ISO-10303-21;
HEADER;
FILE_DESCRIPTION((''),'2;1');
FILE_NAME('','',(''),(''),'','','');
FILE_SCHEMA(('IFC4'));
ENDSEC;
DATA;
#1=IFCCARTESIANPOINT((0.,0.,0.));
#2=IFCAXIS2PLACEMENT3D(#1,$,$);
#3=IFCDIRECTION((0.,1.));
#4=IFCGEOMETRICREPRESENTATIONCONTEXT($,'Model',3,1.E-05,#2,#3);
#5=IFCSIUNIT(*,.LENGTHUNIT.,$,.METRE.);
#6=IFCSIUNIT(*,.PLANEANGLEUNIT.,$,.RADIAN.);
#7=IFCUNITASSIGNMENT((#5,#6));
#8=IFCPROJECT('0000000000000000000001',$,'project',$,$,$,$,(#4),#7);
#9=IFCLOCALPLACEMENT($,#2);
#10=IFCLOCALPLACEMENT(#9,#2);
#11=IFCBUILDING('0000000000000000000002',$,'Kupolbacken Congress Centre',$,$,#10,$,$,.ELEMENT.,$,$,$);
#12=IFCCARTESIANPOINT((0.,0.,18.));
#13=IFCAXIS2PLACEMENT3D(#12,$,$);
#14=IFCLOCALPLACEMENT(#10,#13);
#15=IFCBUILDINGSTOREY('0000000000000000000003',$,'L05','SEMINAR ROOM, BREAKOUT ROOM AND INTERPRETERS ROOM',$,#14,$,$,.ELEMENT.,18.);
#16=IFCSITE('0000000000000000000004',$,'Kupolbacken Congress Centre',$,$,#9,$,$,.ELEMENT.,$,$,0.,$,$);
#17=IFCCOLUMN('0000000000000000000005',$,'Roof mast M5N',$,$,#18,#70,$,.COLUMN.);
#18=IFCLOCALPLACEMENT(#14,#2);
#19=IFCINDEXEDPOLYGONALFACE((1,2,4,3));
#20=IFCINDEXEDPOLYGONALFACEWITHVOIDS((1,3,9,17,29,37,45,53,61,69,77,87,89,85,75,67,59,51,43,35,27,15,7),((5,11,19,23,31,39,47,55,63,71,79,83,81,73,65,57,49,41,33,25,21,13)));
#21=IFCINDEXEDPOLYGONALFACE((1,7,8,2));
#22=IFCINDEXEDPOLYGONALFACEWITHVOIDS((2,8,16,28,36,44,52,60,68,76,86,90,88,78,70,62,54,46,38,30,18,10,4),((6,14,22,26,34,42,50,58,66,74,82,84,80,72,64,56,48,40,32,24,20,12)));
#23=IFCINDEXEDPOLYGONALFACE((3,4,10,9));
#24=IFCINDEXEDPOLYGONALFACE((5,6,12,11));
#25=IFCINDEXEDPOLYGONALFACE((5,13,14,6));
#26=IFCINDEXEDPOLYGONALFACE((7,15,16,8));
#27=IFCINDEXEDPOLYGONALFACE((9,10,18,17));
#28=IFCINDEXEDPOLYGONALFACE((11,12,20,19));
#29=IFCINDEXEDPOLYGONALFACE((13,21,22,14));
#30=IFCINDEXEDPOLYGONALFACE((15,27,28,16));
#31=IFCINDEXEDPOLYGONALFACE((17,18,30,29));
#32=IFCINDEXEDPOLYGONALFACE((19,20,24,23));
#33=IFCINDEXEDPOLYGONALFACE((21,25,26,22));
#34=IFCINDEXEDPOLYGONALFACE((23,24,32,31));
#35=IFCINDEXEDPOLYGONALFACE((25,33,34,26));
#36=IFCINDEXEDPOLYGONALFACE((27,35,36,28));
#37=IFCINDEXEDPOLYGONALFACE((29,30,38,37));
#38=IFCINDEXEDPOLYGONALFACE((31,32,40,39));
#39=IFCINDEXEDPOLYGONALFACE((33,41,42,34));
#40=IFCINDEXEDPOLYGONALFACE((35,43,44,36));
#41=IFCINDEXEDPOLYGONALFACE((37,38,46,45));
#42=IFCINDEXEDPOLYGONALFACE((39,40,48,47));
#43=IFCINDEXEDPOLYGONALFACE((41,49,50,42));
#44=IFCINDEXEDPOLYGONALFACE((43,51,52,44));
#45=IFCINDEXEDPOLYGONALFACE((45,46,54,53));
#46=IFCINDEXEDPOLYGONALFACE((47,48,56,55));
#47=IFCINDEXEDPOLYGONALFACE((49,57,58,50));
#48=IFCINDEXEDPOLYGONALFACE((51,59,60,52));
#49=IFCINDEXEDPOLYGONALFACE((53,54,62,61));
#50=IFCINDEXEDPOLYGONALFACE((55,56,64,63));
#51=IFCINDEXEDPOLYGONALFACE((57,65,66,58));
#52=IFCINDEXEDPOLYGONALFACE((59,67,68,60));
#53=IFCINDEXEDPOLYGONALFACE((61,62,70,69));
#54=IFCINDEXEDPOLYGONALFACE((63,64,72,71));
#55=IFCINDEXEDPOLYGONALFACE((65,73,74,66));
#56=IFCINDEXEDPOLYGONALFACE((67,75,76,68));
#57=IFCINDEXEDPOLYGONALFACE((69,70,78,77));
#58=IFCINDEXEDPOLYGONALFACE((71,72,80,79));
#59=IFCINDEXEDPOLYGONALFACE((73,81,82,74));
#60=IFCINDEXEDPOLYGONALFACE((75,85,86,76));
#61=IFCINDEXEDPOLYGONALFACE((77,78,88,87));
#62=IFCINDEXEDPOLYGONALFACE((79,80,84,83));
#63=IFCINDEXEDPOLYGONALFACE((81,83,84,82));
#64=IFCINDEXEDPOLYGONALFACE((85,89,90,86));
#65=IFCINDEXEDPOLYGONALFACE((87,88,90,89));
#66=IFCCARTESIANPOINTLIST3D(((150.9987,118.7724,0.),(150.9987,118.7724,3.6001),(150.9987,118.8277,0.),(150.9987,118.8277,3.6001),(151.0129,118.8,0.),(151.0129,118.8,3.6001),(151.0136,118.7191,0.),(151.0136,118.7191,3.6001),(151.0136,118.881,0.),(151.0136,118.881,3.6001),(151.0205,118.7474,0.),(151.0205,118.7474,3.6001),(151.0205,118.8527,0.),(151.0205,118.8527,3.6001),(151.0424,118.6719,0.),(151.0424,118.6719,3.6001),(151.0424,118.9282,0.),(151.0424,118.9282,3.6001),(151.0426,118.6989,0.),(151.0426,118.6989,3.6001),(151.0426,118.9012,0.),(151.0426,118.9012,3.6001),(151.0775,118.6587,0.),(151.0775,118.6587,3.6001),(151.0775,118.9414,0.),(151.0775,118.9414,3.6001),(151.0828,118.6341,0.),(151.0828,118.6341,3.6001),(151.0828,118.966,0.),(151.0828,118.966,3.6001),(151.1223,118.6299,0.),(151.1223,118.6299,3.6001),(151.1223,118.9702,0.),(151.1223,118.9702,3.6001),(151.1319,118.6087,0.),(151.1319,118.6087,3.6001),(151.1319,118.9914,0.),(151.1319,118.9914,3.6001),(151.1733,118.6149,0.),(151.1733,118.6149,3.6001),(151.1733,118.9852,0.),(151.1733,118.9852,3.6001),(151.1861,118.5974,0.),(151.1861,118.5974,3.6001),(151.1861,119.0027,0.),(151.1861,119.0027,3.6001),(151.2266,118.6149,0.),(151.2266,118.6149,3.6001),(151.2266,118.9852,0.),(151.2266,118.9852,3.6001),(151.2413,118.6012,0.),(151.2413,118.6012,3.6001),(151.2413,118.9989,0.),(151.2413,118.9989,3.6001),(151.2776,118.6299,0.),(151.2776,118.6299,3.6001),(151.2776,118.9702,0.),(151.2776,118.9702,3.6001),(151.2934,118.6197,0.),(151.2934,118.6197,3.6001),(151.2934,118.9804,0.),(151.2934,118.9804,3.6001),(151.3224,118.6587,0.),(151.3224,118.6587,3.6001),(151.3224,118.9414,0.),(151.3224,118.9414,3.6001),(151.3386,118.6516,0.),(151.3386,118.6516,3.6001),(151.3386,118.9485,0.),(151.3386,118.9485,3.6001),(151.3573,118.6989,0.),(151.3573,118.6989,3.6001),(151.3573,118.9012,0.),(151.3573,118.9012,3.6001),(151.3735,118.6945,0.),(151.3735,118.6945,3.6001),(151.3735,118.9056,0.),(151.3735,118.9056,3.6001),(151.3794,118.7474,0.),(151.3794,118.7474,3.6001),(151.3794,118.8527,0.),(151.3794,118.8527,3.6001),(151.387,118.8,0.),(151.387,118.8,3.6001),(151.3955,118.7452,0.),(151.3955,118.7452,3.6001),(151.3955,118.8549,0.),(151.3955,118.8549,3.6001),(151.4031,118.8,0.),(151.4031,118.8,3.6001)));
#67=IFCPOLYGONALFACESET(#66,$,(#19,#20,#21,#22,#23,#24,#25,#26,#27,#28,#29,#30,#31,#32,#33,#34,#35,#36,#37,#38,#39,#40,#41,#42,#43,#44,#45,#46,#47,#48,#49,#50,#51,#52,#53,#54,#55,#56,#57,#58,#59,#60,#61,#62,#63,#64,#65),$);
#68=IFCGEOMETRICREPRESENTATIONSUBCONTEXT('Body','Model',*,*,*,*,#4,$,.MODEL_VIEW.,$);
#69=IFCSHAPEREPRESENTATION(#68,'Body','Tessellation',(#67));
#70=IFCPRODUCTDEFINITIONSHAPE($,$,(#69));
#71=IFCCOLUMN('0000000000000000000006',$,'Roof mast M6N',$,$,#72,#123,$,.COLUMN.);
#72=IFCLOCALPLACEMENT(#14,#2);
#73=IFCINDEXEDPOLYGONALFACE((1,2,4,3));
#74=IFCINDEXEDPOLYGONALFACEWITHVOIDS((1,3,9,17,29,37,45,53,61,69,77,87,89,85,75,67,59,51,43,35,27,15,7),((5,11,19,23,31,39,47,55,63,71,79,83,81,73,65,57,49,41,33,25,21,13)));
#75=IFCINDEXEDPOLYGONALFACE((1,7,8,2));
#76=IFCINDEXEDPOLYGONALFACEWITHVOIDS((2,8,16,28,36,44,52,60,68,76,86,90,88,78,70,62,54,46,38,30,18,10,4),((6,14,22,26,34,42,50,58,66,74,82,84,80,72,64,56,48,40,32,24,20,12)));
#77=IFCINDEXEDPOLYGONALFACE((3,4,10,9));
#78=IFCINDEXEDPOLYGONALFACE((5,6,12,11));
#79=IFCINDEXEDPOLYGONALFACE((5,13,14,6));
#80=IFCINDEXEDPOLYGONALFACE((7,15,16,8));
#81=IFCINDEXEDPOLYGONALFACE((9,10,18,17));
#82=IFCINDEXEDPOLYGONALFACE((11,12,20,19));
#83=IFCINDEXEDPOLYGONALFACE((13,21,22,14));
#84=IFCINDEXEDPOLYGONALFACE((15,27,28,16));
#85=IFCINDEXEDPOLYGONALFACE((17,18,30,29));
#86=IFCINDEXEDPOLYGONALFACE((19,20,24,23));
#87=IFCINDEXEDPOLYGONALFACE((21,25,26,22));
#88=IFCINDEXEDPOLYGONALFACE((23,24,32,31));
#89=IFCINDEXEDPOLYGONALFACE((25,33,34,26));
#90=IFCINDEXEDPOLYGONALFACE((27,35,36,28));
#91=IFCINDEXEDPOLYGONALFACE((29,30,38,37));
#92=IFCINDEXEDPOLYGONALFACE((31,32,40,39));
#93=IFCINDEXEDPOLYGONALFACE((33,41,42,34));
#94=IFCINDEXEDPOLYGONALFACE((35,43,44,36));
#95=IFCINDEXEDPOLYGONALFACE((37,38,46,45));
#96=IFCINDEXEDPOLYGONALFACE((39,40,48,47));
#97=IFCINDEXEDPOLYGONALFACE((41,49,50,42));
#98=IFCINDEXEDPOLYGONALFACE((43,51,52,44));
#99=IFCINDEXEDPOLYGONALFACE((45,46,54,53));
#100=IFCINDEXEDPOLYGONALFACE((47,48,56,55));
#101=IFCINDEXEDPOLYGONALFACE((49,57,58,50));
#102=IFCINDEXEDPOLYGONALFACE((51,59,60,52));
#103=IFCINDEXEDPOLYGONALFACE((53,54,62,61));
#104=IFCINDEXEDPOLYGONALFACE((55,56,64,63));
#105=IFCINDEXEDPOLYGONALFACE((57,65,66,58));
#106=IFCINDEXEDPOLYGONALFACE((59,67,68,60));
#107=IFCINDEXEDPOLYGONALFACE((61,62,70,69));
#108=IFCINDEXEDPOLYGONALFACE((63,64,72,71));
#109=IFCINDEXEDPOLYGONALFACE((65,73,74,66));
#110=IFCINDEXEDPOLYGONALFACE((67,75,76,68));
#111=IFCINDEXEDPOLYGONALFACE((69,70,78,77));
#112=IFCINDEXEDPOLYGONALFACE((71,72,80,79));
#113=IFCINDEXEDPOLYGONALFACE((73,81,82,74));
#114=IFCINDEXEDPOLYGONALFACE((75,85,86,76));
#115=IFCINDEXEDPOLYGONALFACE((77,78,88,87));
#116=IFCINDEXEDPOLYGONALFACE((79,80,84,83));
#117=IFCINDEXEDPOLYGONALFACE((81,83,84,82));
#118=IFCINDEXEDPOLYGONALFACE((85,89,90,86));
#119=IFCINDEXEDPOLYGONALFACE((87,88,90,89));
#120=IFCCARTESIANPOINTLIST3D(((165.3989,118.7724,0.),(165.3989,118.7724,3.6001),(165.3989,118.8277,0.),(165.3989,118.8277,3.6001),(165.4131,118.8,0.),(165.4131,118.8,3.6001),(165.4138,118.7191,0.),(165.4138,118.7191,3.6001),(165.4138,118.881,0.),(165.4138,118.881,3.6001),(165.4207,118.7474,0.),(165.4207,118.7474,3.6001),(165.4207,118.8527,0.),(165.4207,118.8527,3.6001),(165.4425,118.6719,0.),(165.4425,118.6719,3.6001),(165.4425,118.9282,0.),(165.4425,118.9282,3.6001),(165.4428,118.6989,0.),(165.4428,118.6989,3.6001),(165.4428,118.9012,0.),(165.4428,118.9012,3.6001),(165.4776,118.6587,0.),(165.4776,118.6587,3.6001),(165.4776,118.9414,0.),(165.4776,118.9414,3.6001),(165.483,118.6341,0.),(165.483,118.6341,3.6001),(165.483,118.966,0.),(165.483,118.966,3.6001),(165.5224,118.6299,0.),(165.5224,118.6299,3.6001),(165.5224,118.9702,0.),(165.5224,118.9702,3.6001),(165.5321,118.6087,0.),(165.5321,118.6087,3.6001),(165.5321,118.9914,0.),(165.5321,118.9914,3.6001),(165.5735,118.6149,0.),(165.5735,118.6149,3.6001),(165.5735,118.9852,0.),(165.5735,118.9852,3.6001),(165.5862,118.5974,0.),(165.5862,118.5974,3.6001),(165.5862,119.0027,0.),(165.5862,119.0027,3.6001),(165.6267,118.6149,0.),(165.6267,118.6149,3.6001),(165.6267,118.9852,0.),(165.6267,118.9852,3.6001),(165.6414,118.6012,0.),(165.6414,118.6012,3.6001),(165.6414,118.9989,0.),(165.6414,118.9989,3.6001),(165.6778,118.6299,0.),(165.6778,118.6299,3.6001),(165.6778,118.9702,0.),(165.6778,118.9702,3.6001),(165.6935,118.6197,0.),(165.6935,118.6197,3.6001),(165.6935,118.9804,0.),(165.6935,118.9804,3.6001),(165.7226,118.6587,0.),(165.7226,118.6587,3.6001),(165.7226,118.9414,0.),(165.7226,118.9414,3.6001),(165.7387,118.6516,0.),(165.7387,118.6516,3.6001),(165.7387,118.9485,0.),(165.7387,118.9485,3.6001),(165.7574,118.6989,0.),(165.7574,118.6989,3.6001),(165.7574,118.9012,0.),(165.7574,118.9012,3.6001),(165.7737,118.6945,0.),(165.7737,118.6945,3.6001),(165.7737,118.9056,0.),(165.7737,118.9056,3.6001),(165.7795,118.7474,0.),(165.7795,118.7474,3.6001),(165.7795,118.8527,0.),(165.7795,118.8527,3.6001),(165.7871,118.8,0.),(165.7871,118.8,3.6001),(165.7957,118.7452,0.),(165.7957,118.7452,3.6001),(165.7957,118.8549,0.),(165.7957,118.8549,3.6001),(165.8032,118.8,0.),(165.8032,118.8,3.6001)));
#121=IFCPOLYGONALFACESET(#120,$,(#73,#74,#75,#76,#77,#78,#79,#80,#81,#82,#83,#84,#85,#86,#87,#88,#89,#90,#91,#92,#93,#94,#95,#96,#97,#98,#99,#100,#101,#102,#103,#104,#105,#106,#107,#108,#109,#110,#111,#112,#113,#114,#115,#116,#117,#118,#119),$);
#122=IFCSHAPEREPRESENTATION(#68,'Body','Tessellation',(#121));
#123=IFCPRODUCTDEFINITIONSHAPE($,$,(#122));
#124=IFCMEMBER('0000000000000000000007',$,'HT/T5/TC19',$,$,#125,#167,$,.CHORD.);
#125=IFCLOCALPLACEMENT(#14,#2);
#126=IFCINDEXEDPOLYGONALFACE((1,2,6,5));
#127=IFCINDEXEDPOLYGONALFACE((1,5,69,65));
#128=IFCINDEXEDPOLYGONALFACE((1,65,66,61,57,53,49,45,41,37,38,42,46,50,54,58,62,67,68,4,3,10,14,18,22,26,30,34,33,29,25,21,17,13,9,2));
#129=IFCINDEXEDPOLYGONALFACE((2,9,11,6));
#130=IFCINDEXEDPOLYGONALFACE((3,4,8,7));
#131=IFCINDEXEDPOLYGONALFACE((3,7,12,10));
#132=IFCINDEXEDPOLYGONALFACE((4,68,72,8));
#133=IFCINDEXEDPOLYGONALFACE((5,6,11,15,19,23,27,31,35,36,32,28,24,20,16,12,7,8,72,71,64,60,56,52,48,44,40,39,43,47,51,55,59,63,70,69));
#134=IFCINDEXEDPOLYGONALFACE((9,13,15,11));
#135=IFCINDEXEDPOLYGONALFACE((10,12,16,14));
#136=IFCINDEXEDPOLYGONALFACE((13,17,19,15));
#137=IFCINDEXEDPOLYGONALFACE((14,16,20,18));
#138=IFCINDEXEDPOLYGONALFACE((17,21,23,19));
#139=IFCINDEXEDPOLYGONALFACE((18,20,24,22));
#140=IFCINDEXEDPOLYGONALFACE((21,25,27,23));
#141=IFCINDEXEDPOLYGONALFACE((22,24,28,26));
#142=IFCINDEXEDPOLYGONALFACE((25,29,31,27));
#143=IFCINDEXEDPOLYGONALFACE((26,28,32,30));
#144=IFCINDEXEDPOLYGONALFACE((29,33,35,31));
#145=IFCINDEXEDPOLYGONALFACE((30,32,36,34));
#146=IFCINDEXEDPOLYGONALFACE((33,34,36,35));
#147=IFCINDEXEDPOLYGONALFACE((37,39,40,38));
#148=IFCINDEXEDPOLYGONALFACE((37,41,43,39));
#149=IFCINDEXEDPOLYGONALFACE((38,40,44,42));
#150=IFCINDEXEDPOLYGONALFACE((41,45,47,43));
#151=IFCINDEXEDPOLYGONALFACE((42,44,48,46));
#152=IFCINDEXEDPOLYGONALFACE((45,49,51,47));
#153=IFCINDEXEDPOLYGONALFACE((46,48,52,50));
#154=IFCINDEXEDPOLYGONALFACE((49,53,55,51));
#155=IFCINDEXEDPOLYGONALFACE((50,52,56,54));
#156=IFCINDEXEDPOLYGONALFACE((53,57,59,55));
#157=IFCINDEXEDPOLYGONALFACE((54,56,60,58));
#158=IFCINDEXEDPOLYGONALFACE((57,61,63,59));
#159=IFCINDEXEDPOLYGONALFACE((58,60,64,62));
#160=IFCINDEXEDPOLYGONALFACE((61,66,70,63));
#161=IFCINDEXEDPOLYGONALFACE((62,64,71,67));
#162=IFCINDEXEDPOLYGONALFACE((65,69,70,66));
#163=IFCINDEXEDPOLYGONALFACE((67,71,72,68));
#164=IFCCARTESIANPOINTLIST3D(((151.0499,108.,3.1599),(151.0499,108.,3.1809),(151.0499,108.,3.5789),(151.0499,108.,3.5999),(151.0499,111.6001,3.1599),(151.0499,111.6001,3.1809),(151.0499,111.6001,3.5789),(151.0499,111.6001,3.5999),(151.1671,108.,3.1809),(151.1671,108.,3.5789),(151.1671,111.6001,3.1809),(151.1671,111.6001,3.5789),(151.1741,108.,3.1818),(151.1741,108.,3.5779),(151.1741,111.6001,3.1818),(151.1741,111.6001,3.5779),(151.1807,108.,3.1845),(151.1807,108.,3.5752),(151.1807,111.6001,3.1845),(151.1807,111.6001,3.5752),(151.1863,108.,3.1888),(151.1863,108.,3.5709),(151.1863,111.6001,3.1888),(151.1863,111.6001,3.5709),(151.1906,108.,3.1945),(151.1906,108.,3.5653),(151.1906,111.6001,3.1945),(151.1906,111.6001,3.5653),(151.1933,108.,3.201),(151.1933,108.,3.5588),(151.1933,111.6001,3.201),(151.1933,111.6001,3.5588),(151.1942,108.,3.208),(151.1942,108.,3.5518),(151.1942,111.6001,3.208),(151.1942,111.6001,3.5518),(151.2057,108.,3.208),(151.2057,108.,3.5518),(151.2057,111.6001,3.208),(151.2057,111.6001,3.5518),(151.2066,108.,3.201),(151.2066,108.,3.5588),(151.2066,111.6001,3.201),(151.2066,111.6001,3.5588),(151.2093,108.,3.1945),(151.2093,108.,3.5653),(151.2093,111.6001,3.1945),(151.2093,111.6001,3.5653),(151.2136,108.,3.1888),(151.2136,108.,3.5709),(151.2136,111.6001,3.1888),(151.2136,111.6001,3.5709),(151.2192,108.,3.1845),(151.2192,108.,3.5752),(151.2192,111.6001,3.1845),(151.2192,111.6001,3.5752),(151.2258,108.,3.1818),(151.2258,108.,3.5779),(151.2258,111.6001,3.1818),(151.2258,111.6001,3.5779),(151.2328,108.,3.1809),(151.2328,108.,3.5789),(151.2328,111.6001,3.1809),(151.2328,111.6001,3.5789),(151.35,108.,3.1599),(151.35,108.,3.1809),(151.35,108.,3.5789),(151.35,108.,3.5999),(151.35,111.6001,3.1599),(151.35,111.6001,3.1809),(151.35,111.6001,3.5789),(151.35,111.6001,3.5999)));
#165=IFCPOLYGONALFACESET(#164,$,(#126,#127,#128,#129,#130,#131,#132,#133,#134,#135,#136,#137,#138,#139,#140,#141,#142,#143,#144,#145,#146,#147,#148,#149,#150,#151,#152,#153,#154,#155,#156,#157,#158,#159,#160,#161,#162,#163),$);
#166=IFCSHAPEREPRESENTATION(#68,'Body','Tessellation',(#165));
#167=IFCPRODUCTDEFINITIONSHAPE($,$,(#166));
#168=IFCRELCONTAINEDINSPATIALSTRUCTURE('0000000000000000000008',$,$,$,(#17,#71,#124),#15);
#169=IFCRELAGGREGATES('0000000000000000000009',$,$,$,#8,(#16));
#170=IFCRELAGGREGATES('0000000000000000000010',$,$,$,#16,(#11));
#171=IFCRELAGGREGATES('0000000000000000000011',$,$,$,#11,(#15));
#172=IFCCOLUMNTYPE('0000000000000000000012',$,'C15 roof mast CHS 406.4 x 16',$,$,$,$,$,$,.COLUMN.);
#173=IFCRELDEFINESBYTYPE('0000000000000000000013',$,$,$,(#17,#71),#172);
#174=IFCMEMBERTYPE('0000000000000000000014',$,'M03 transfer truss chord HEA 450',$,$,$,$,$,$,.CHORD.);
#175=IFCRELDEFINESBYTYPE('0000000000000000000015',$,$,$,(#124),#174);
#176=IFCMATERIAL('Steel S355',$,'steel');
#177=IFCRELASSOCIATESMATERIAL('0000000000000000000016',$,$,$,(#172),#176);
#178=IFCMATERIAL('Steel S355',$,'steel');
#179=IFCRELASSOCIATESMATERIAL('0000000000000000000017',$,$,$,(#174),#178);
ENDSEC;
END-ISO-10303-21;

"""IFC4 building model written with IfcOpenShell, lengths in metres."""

from ifc_helpers import new_model, si_unit, direction, frame, origin, origin_2d, place, context, subcontext, project, spatial, hollow_circle, i_section, extrude, material, material_profile, profile_set, type_object, element, save


model = new_model("IFC4")

# Units and contexts
model_context = context("Model", 3, precision=1e-05, world=origin(), true_north=direction((0.0, 1.0)))
body_context = subcontext(model_context, "Body", "Model", "MODEL_VIEW")
ifc_project = project(units=[si_unit("LENGTHUNIT", "METRE"), si_unit("PLANEANGLEUNIT", "RADIAN")], contexts=[model_context])

# Site, building, storey
site_placement = place(None, origin())
site = spatial("IfcSite", under=ifc_project, at=site_placement, Name="Kupolbacken Congress Centre", CompositionType="ELEMENT", RefElevation=0.0)
building_placement = place(site_placement, origin())
building = spatial("IfcBuilding", under=site, at=building_placement, Name="Kupolbacken Congress Centre", CompositionType="ELEMENT")
storey_placement = place(building_placement, frame((0.0, 0.0, 18.0)))
storey = spatial("IfcBuildingStorey", under=building, at=storey_placement, Name="L05", Description="SEMINAR ROOM, BREAKOUT ROOM AND INTERPRETERS ROOM", CompositionType="ELEMENT", Elevation=18.0)

# Columns
ifc_material_1 = material(Name="Steel S355", Category="steel")
ifc_material_profile_1 = material_profile(ifc_material_1, hollow_circle(Radius=0.2031, WallThickness=0.0161, at=origin_2d()), Name="CHS 406.4 x 16")
ifc_profile_set_1 = profile_set([ifc_material_profile_1], Name="Steel S355")
column_type = type_object("IfcColumnType", Name="C15 roof mast CHS 406.4 x 16", PredefinedType="COLUMN", material=ifc_profile_set_1)
for number, where, z_axis, x_axis, name in (
    (1, (151.2, 118.8, 0.0), (0.0, 0.0, 1.0), (1.0, 0.0, 0.0), "Roof mast M5N"),
    (2, (165.6001, 118.8, 0.0), (0.0, 0.0, 1.0), (1.0, 0.0, 0.0), "Roof mast M6N"),
):
    element("IfcColumn", number, at=place(storey_placement, frame(where, z_axis=z_axis, x_axis=x_axis)), inside=storey, type_object=column_type, Name=name, PredefinedType="COLUMN", context=body_context, shape_type="SweptSolid", body=[
        extrude(hollow_circle(Radius=0.2031, WallThickness=0.0161, at=origin_2d()), origin(), (0.0, 0.0, 1.0), 3.6001),
    ])

# Member
ifc_material_2 = material(Name="Steel S355", Category="steel")
ifc_material_profile_2 = material_profile(ifc_material_2, i_section(OverallWidth=0.3, OverallDepth=0.4399, WebThickness=0.0115, FlangeThickness=0.021, FilletRadius=0.0271, at=origin_2d()), Name="HEA 450")
ifc_profile_set_2 = profile_set([ifc_material_profile_2], Name="Steel S355")
member_type_1 = type_object("IfcMemberType", Name="M03 transfer truss chord HEA 450", PredefinedType="CHORD", material=ifc_profile_set_2)
member_1_placement = place(storey_placement, frame((151.2, 108.0, 3.3799), z_axis=(0.0, 1.0, 0.0), x_axis=(-1.0, 0.0, 0.0)))
element("IfcMember", 3, at=member_1_placement, inside=storey, type_object=member_type_1, Name="HT/T5/TC19", PredefinedType="CHORD", context=body_context, shape_type="SweptSolid", body=[
    extrude(i_section(OverallWidth=0.3, OverallDepth=0.4399, WebThickness=0.0115, FlangeThickness=0.021, FilletRadius=0.0271, at=origin_2d()), origin(), (0.0, 0.0, 1.0), 3.6001),
])

save(model, "model.ifc")
